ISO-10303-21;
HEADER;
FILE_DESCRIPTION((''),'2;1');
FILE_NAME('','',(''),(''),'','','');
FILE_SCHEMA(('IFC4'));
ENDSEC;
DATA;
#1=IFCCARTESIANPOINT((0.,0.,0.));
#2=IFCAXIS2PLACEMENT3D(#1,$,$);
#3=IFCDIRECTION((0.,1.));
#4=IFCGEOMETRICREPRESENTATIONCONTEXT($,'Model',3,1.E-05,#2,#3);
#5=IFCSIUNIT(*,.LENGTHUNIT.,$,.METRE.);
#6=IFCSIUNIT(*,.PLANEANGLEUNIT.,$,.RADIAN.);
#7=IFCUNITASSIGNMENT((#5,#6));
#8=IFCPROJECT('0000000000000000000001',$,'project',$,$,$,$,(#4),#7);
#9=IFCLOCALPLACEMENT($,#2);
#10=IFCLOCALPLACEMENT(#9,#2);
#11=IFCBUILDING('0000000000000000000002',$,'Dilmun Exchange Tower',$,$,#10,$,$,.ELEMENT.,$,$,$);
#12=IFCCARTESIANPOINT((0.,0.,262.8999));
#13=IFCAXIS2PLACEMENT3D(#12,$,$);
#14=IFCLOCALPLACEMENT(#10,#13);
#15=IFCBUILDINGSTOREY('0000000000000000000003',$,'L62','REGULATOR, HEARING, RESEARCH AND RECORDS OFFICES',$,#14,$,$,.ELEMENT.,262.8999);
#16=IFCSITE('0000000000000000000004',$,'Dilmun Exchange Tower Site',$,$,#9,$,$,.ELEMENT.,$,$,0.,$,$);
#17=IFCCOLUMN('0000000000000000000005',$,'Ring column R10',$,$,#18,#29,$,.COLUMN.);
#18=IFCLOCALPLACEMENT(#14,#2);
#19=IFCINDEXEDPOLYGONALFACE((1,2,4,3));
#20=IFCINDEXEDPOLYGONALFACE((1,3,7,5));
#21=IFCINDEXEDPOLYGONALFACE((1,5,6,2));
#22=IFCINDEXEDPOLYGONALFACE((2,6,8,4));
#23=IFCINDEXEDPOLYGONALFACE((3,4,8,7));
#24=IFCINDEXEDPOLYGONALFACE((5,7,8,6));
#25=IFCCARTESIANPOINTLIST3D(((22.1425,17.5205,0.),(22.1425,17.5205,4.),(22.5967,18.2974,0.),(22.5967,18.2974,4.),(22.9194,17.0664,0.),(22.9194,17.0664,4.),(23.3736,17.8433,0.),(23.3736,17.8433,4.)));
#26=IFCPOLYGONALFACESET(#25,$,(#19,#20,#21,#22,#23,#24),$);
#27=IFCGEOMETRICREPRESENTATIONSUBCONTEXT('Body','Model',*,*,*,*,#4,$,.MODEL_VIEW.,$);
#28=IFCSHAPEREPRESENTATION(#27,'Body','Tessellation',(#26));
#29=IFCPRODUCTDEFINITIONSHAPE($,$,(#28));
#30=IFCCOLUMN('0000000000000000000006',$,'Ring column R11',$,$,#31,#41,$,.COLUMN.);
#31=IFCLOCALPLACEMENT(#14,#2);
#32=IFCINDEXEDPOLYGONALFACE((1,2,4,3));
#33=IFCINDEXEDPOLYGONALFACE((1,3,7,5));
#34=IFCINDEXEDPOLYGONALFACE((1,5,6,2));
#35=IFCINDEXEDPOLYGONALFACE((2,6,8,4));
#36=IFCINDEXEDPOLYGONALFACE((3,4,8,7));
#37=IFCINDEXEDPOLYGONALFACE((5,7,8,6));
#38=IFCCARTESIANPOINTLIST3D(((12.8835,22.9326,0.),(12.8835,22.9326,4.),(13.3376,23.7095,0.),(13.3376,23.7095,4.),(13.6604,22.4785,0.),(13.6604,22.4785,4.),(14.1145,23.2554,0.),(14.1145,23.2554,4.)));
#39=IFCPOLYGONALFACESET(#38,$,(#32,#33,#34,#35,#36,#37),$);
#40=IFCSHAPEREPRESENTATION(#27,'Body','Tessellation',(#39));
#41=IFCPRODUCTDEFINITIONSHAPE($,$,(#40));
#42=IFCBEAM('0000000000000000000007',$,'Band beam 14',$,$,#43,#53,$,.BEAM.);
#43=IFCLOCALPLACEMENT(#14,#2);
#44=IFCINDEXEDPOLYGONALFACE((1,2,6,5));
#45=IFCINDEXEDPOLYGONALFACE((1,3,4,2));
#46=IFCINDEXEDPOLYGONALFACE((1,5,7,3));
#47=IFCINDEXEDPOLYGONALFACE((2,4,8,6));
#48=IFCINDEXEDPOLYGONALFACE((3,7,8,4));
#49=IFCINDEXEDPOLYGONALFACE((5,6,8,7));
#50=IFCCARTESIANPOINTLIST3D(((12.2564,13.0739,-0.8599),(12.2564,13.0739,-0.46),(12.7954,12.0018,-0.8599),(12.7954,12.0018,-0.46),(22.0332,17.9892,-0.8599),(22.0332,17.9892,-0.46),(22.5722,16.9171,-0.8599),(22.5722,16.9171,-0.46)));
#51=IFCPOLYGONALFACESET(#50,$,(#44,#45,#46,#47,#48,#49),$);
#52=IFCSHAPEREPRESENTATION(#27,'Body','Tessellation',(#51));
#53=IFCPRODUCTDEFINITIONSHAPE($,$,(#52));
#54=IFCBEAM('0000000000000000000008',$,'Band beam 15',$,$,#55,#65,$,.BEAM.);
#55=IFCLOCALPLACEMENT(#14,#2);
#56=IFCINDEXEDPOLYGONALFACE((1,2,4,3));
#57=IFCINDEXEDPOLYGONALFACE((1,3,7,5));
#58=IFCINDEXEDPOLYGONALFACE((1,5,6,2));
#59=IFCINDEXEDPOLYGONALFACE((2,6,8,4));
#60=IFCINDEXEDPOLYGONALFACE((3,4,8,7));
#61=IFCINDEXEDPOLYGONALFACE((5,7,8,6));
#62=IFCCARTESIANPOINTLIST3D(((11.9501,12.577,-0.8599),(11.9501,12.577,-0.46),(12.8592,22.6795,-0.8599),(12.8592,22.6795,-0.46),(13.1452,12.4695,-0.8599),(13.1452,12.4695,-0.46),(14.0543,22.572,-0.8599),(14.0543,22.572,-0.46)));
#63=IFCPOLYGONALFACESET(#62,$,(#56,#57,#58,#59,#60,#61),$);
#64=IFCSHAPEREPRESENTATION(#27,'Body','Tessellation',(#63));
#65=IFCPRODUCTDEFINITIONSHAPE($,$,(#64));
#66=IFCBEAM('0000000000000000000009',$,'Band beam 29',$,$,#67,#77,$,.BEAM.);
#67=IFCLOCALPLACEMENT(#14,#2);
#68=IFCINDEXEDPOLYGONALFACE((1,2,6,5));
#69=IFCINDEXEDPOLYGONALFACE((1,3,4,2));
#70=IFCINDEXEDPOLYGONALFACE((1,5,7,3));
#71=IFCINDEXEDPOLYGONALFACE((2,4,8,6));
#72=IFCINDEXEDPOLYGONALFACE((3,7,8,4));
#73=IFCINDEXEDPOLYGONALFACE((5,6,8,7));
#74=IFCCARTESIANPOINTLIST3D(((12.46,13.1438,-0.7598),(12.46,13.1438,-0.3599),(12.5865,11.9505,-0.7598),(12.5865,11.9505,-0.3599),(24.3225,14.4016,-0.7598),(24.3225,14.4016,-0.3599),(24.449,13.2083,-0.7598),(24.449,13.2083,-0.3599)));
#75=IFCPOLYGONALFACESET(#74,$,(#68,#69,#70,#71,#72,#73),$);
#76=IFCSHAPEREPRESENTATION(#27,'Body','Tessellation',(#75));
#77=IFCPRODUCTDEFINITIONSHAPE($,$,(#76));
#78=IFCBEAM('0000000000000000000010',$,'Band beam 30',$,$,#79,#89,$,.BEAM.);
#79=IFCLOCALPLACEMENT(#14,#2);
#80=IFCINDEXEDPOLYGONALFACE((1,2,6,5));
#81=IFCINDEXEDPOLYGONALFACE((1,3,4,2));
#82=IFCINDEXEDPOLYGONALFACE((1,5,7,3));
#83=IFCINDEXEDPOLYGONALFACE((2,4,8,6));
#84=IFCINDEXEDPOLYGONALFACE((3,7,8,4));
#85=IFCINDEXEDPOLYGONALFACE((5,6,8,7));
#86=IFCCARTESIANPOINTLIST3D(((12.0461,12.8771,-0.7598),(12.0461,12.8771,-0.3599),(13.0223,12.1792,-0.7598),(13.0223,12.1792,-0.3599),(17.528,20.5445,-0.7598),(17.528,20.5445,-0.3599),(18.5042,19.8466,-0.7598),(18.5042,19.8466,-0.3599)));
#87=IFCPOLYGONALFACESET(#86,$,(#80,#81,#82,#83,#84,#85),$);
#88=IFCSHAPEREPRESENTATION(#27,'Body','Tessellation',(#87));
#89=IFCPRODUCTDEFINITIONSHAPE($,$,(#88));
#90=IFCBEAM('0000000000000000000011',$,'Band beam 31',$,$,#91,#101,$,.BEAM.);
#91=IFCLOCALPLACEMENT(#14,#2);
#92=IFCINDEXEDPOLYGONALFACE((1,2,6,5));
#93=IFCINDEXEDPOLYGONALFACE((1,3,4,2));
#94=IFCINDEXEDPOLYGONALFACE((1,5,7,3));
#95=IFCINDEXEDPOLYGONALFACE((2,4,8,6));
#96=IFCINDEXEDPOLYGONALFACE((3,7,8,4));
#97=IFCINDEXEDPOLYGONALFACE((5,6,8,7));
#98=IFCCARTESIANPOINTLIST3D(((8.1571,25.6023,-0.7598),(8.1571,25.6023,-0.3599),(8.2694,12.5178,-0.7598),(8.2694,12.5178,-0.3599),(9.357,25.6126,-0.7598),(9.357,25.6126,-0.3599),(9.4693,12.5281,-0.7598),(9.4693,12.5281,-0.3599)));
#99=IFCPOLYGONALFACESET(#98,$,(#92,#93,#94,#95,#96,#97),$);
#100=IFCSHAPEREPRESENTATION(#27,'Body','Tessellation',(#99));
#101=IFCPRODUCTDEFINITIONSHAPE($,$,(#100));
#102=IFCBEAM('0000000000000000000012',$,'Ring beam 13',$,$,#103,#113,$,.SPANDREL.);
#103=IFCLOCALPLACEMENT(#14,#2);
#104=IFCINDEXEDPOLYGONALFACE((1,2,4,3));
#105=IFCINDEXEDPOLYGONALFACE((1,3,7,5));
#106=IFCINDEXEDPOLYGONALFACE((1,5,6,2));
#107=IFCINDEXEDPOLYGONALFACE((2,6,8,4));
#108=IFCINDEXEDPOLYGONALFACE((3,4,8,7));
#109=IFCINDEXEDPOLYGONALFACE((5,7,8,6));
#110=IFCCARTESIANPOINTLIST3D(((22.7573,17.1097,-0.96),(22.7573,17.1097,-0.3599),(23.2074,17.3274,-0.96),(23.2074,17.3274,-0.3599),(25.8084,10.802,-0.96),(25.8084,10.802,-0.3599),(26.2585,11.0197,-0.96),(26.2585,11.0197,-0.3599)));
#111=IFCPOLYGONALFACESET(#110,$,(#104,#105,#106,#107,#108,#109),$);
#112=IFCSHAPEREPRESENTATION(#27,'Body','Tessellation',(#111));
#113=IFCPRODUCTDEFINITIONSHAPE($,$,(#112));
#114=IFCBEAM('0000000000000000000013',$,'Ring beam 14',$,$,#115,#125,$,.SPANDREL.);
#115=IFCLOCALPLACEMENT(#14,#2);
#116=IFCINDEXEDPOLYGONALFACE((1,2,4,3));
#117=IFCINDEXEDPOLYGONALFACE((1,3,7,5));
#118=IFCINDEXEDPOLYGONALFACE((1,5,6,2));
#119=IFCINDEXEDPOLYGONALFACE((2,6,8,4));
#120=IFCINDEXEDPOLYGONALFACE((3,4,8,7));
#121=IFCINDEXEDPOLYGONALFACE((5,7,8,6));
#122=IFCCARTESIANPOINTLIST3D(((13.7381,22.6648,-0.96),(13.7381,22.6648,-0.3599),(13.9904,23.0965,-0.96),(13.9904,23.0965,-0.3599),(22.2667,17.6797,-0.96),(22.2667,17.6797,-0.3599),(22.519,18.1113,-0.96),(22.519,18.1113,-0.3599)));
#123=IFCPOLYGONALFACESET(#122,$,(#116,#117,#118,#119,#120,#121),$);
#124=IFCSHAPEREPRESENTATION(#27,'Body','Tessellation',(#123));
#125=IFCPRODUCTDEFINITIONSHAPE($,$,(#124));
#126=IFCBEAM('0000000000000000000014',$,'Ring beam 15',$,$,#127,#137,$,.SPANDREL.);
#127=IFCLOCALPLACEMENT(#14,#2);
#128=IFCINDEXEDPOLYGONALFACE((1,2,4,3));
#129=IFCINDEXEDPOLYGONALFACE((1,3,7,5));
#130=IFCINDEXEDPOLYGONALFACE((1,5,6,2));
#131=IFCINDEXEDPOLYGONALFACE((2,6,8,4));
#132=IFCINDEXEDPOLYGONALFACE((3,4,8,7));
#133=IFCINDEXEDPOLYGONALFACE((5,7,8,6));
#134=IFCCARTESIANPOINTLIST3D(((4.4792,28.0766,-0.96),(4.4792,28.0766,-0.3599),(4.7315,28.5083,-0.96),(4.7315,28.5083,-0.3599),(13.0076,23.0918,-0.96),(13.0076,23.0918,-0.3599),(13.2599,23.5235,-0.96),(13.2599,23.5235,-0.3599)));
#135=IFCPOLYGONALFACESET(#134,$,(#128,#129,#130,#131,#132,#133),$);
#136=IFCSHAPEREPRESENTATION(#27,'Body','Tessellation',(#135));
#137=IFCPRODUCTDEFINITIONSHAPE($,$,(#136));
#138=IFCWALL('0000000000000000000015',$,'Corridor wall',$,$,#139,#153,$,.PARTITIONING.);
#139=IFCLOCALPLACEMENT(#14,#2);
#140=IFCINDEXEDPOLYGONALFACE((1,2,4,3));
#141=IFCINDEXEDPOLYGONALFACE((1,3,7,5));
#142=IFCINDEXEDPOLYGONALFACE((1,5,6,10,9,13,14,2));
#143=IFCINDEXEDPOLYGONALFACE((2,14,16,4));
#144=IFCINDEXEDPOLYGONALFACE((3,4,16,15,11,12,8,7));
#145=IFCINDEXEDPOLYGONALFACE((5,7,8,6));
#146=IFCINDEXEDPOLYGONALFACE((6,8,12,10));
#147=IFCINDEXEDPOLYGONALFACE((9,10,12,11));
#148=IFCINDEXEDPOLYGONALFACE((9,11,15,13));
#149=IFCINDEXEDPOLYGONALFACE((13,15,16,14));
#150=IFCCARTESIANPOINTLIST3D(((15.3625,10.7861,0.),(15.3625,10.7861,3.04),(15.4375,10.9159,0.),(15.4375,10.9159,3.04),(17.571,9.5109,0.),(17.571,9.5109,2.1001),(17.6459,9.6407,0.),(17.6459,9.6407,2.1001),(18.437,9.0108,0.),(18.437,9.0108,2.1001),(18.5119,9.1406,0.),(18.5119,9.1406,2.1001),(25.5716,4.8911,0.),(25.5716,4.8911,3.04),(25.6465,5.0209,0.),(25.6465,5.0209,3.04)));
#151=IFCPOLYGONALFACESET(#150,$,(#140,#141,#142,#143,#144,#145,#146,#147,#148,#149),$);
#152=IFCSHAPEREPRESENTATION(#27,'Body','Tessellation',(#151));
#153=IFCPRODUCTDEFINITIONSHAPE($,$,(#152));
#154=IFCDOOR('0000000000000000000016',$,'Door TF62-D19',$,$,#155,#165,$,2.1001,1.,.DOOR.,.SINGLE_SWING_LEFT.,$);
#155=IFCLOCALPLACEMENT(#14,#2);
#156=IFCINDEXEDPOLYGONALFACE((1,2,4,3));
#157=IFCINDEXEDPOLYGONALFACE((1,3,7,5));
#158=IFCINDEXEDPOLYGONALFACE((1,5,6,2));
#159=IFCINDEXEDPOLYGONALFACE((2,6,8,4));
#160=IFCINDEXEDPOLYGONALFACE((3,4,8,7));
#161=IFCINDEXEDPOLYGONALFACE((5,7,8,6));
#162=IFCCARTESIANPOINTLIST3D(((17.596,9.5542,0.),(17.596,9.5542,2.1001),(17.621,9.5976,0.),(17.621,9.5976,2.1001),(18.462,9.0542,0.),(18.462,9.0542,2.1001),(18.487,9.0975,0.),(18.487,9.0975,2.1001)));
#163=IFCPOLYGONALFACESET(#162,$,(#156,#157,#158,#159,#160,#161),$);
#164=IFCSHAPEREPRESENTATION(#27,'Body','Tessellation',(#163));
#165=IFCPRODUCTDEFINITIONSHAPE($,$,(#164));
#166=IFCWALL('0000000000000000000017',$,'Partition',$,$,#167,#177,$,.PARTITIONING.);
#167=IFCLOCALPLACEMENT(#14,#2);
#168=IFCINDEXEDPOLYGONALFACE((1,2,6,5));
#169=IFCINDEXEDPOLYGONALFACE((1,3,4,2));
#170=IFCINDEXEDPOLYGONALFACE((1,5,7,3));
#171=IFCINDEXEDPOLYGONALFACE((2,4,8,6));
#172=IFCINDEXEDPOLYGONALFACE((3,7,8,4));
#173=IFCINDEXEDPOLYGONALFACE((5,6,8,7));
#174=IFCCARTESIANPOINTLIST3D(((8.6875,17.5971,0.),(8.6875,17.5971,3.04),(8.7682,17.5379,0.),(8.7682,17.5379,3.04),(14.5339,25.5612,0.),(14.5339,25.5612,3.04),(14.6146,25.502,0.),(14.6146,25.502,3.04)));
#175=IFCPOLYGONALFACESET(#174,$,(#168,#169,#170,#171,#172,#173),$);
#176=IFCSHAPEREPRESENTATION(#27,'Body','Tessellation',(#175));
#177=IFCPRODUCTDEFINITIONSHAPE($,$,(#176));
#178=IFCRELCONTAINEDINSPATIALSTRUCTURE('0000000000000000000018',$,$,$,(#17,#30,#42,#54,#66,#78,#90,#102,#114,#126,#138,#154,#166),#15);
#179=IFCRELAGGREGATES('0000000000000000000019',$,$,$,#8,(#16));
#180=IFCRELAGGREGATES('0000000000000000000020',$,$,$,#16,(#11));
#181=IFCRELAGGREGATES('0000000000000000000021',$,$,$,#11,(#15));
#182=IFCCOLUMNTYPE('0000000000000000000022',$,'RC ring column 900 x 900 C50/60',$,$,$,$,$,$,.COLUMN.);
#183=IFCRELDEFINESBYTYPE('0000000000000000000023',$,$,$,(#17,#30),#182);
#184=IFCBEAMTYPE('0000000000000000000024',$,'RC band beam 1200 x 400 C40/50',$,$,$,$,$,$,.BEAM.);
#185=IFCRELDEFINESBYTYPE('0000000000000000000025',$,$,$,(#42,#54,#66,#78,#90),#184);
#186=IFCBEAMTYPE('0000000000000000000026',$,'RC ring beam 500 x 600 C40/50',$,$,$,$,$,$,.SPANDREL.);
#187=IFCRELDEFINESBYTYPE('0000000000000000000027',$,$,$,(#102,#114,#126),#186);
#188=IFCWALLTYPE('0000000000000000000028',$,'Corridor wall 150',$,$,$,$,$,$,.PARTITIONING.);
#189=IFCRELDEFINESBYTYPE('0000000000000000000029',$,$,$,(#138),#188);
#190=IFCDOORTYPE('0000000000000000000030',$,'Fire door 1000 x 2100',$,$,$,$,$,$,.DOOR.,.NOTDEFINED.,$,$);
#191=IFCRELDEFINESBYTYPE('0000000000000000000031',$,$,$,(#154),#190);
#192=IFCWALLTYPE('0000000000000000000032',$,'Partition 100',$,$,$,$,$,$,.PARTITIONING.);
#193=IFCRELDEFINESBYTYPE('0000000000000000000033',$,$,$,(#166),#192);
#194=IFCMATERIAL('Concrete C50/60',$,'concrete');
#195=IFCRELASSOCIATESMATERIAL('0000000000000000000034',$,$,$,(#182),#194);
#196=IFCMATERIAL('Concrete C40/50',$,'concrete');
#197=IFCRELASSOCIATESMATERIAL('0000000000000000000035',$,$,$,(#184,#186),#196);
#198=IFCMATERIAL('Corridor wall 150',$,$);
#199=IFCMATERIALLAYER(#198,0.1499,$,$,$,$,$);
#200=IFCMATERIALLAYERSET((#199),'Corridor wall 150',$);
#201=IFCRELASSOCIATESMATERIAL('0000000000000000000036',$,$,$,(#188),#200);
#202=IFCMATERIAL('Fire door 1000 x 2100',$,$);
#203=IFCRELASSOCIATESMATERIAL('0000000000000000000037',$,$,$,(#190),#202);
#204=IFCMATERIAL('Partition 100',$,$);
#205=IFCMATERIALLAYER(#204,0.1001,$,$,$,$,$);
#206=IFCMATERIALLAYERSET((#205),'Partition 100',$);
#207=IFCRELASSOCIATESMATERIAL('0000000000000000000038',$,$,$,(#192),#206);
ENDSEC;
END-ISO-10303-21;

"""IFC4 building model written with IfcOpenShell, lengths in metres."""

from ifc_helpers import new_model, si_unit, direction, frame, frame_2d, origin, origin_2d, place, context, subcontext, project, spatial, rectangle, extrude, material, layer, layer_set, material_profile, profile_set, type_object, element, fill, save


model = new_model("IFC4")

# Units and contexts
model_context = context("Model", 3, precision=1e-05, world=origin(), true_north=direction((0.0, 1.0)))
body_context = subcontext(model_context, "Body", "Model", "MODEL_VIEW")
ifc_project = project(units=[si_unit("LENGTHUNIT", "METRE"), si_unit("PLANEANGLEUNIT", "RADIAN")], contexts=[model_context])

# Site, building, storey
site_placement = place(None, origin())
site = spatial("IfcSite", under=ifc_project, at=site_placement, Name="Dilmun Exchange Tower Site", CompositionType="ELEMENT", RefElevation=0.0)
building_placement = place(site_placement, origin())
building = spatial("IfcBuilding", under=site, at=building_placement, Name="Dilmun Exchange Tower", CompositionType="ELEMENT")
storey_placement = place(building_placement, frame((0.0, 0.0, 262.8999)))
storey = spatial("IfcBuildingStorey", under=building, at=storey_placement, Name="L62", Description="REGULATOR, HEARING, RESEARCH AND RECORDS OFFICES", CompositionType="ELEMENT", Elevation=262.8999)

# Columns
ifc_material_1 = material(Name="Concrete C50/60", Category="concrete")
ifc_material_profile_1 = material_profile(ifc_material_1, rectangle(XDim=0.8999, YDim=0.8999, at=origin_2d()), Name="900 x 900")
ifc_profile_set_1 = profile_set([ifc_material_profile_1], Name="Concrete C50/60")
column_type = type_object("IfcColumnType", Name="RC ring column 900 x 900 C50/60", PredefinedType="COLUMN", material=ifc_profile_set_1)
for number, where, z_axis, x_axis, name in (
    (1, (22.7581, 17.6819, 0.0), (0.0, 0.0, 1.0), (0.504644, 0.863328, 0.0), "Ring column R10"),
    (2, (13.499, 23.094, 0.0), (0.0, 0.0, 1.0), (0.504644, 0.863328, 0.0), "Ring column R11"),
):
    element("IfcColumn", number, at=place(storey_placement, frame(where, z_axis=z_axis, x_axis=x_axis)), inside=storey, type_object=column_type, Name=name, PredefinedType="COLUMN", context=body_context, shape_type="SweptSolid", body=[
        extrude(rectangle(XDim=0.8999, YDim=0.8999, at=origin_2d()), origin(), (0.0, 0.0, 1.0), 4.0),
    ])

# Beams
ifc_material_2 = material(Name="Concrete C40/50", Category="concrete")
ifc_material_profile_2 = material_profile(ifc_material_2, rectangle(XDim=1.2, YDim=0.3999, at=origin_2d()), Name="1200 x 400")
ifc_profile_set_2 = profile_set([ifc_material_profile_2], Name="Concrete C40/50")
beam_type_1 = type_object("IfcBeamType", Name="RC band beam 1200 x 400 C40/50", PredefinedType="BEAM", material=ifc_profile_set_2)
beam_1_placement = place(storey_placement, frame((22.3027, 17.4531, -0.6599), z_axis=(-0.893443, -0.449176, 0.0), x_axis=(0.449176, -0.893443, 0.0)))
element("IfcBeam", 3, at=beam_1_placement, inside=storey, type_object=beam_type_1, Name="Band beam 14", PredefinedType="BEAM", context=body_context, shape_type="SweptSolid", body=[
    extrude(rectangle(XDim=1.2, YDim=0.3999, at=origin_2d()), origin(), (0.0, 0.0, 1.0), 10.9429),
])
beam_2_placement = place(storey_placement, frame((13.4568, 22.6257, -0.6599), z_axis=(-0.089633, -0.995975, 0.0), x_axis=(0.995975, -0.089633, 0.0)))
element("IfcBeam", 4, at=beam_2_placement, inside=storey, type_object=beam_type_1, Name="Band beam 15", PredefinedType="BEAM", context=body_context, shape_type="SweptSolid", body=[
    extrude(rectangle(XDim=1.2, YDim=0.3999, at=origin_2d()), origin(), (0.0, 0.0, 1.0), 10.1433),
])
beam_3_placement = place(storey_placement, frame((24.3857, 13.8049, -0.5598), z_axis=(-0.994426, -0.105441, 0.0), x_axis=(0.105441, -0.994426, 0.0)))
element("IfcBeam", 5, at=beam_3_placement, inside=storey, type_object=beam_type_1, Name="Band beam 29", PredefinedType="BEAM", context=body_context, shape_type="SweptSolid", body=[
    extrude(rectangle(XDim=1.2, YDim=0.3999, at=origin_2d()), origin(), (0.0, 0.0, 1.0), 11.929),
])
beam_4_placement = place(storey_placement, frame((18.0161, 20.1956, -0.5598), z_axis=(-0.581601, -0.813474, 0.0), x_axis=(0.813474, -0.581601, 0.0)))
element("IfcBeam", 6, at=beam_4_placement, inside=storey, type_object=beam_type_1, Name="Band beam 30", PredefinedType="BEAM", context=body_context, shape_type="SweptSolid", body=[
    extrude(rectangle(XDim=1.2, YDim=0.3999, at=origin_2d()), origin(), (0.0, 0.0, 1.0), 9.4255),
])
beam_5_placement = place(storey_placement, frame((8.7571, 25.6074, -0.5598), z_axis=(0.008583, -0.999963, 0.0), x_axis=(0.999963, 0.008583, 0.0)))
element("IfcBeam", 7, at=beam_5_placement, inside=storey, type_object=beam_type_1, Name="Band beam 31", PredefinedType="BEAM", context=body_context, shape_type="SweptSolid", body=[
    extrude(rectangle(XDim=1.2, YDim=0.3999, at=origin_2d()), origin(), (0.0, 0.0, 1.0), 13.085),
])
ifc_material_profile_3 = material_profile(ifc_material_2, rectangle(XDim=0.5, YDim=0.6001, at=origin_2d()), Name="500 x 600")
ifc_profile_set_3 = profile_set([ifc_material_profile_3], Name="Concrete C40/50")
beam_type_2 = type_object("IfcBeamType", Name="RC ring beam 500 x 600 C40/50", PredefinedType="SPANDREL", material=ifc_profile_set_3)
beam_6_placement = place(storey_placement, frame((26.0334, 10.9109, -0.6599), z_axis=(-0.43544, 0.900218, 0.0), x_axis=(-0.900218, -0.43544, 0.0)))
element("IfcBeam", 8, at=beam_6_placement, inside=storey, type_object=beam_type_2, Name="Ring beam 13", PredefinedType="SPANDREL", context=body_context, shape_type="SweptSolid", body=[
    extrude(rectangle(XDim=0.5, YDim=0.6001, at=origin_2d()), origin(), (0.0, 0.0, 1.0), 7.0068),
])
beam_7_placement = place(storey_placement, frame((22.3928, 17.8955, -0.6599), z_axis=(-0.863333, 0.504635, 0.0), x_axis=(-0.504635, -0.863333, 0.0)))
element("IfcBeam", 9, at=beam_7_placement, inside=storey, type_object=beam_type_2, Name="Ring beam 14", PredefinedType="SPANDREL", context=body_context, shape_type="SweptSolid", body=[
    extrude(rectangle(XDim=0.5, YDim=0.6001, at=origin_2d()), origin(), (0.0, 0.0, 1.0), 9.8787),
])
beam_8_placement = place(storey_placement, frame((13.1338, 23.3076, -0.6599), z_axis=(-0.863344, 0.504616, 0.0), x_axis=(-0.504616, -0.863344, 0.0)))
element("IfcBeam", 10, at=beam_8_placement, inside=storey, type_object=beam_type_2, Name="Ring beam 15", PredefinedType="SPANDREL", context=body_context, shape_type="SweptSolid", body=[
    extrude(rectangle(XDim=0.5, YDim=0.6001, at=origin_2d()), origin(), (0.0, 0.0, 1.0), 9.8784),
])

# Wall, opening, door
ifc_material_3 = material(Name="Corridor wall 150")
ifc_layer_1 = layer(ifc_material_3, 0.1499)
ifc_layer_set_1 = layer_set([ifc_layer_1], Name="Corridor wall 150")
wall_type_1 = type_object("IfcWallType", Name="Corridor wall 150", PredefinedType="PARTITIONING", material=ifc_layer_set_1)
wall_1_placement = place(storey_placement, frame((15.3999, 10.8511, 0.0), z_axis=(0.0, 0.0, 1.0), x_axis=(0.865994, -0.500055, 0.0)))
wall_1 = element("IfcWall", 11, at=wall_1_placement, inside=storey, type_object=wall_type_1, Name="Corridor wall", PredefinedType="PARTITIONING", context=body_context, shape_type="SweptSolid", body=[
    extrude(rectangle(XDim=11.7888, YDim=0.1499, at=frame_2d((5.8945, 0.0))), origin(), (0.0, 0.0, 1.0), 3.04),
])
opening_1_placement = place(wall_1_placement, frame((2.5503, 0.0, 0.0)))
opening_1 = element("IfcOpeningElement", 12, at=opening_1_placement, cuts=wall_1, PredefinedType="OPENING", context=body_context, shape_type="SweptSolid", body=[
    extrude(rectangle(XDim=1.0, YDim=2.1001, at=frame_2d((0.5, 1.05))), frame((0.0, 0.085, 0.0), z_axis=(0.0, -1.0, 0.0), x_axis=(1.0, 0.0, 0.0)), (0.0, 0.0, 1.0), 0.1699),
])
ifc_material_4 = material(Name="Fire door 1000 x 2100")
door_type = type_object("IfcDoorType", Name="Fire door 1000 x 2100", OperationType="NOTDEFINED", PredefinedType="DOOR", material=ifc_material_4)
door_placement = place(opening_1_placement, frame((1.0, 0.0, 0.0), z_axis=(0.0, 0.0, 1.0), x_axis=(-1.0, 0.0, 0.0)))
door = element("IfcDoor", 13, at=door_placement, inside=storey, type_object=door_type, Name="Door TF62-D19", OperationType="SINGLE_SWING_LEFT", OverallHeight=2.1001, OverallWidth=1.0, PredefinedType="DOOR", context=body_context, shape_type="SweptSolid", body=[
    extrude(rectangle(XDim=1.0, YDim=2.1001, at=frame_2d((0.5, 1.05))), frame((0.0, 0.0249, 0.0), z_axis=(0.0, -1.0, 0.0), x_axis=(1.0, 0.0, 0.0)), (0.0, 0.0, 1.0), 0.05),
])
fill(opening_1, door)

# Wall
ifc_material_5 = material(Name="Partition 100")
ifc_layer_2 = layer(ifc_material_5, 0.1001)
ifc_layer_set_2 = layer_set([ifc_layer_2], Name="Partition 100")
wall_type_2 = type_object("IfcWallType", Name="Partition 100", PredefinedType="PARTITIONING", material=ifc_layer_set_2)
wall_2_placement = place(storey_placement, frame((8.7278, 17.5674, 0.0), z_axis=(0.0, 0.0, 1.0), x_axis=(0.591764, 0.806111, 0.0)))
element("IfcWall", 14, at=wall_2_placement, inside=storey, type_object=wall_type_2, Name="Partition", PredefinedType="PARTITIONING", context=body_context, shape_type="SweptSolid", body=[
    extrude(rectangle(XDim=9.8796, YDim=0.1001, at=frame_2d((4.9399, 0.0))), origin(), (0.0, 0.0, 1.0), 3.04),
])

save(model, "model.ifc")
